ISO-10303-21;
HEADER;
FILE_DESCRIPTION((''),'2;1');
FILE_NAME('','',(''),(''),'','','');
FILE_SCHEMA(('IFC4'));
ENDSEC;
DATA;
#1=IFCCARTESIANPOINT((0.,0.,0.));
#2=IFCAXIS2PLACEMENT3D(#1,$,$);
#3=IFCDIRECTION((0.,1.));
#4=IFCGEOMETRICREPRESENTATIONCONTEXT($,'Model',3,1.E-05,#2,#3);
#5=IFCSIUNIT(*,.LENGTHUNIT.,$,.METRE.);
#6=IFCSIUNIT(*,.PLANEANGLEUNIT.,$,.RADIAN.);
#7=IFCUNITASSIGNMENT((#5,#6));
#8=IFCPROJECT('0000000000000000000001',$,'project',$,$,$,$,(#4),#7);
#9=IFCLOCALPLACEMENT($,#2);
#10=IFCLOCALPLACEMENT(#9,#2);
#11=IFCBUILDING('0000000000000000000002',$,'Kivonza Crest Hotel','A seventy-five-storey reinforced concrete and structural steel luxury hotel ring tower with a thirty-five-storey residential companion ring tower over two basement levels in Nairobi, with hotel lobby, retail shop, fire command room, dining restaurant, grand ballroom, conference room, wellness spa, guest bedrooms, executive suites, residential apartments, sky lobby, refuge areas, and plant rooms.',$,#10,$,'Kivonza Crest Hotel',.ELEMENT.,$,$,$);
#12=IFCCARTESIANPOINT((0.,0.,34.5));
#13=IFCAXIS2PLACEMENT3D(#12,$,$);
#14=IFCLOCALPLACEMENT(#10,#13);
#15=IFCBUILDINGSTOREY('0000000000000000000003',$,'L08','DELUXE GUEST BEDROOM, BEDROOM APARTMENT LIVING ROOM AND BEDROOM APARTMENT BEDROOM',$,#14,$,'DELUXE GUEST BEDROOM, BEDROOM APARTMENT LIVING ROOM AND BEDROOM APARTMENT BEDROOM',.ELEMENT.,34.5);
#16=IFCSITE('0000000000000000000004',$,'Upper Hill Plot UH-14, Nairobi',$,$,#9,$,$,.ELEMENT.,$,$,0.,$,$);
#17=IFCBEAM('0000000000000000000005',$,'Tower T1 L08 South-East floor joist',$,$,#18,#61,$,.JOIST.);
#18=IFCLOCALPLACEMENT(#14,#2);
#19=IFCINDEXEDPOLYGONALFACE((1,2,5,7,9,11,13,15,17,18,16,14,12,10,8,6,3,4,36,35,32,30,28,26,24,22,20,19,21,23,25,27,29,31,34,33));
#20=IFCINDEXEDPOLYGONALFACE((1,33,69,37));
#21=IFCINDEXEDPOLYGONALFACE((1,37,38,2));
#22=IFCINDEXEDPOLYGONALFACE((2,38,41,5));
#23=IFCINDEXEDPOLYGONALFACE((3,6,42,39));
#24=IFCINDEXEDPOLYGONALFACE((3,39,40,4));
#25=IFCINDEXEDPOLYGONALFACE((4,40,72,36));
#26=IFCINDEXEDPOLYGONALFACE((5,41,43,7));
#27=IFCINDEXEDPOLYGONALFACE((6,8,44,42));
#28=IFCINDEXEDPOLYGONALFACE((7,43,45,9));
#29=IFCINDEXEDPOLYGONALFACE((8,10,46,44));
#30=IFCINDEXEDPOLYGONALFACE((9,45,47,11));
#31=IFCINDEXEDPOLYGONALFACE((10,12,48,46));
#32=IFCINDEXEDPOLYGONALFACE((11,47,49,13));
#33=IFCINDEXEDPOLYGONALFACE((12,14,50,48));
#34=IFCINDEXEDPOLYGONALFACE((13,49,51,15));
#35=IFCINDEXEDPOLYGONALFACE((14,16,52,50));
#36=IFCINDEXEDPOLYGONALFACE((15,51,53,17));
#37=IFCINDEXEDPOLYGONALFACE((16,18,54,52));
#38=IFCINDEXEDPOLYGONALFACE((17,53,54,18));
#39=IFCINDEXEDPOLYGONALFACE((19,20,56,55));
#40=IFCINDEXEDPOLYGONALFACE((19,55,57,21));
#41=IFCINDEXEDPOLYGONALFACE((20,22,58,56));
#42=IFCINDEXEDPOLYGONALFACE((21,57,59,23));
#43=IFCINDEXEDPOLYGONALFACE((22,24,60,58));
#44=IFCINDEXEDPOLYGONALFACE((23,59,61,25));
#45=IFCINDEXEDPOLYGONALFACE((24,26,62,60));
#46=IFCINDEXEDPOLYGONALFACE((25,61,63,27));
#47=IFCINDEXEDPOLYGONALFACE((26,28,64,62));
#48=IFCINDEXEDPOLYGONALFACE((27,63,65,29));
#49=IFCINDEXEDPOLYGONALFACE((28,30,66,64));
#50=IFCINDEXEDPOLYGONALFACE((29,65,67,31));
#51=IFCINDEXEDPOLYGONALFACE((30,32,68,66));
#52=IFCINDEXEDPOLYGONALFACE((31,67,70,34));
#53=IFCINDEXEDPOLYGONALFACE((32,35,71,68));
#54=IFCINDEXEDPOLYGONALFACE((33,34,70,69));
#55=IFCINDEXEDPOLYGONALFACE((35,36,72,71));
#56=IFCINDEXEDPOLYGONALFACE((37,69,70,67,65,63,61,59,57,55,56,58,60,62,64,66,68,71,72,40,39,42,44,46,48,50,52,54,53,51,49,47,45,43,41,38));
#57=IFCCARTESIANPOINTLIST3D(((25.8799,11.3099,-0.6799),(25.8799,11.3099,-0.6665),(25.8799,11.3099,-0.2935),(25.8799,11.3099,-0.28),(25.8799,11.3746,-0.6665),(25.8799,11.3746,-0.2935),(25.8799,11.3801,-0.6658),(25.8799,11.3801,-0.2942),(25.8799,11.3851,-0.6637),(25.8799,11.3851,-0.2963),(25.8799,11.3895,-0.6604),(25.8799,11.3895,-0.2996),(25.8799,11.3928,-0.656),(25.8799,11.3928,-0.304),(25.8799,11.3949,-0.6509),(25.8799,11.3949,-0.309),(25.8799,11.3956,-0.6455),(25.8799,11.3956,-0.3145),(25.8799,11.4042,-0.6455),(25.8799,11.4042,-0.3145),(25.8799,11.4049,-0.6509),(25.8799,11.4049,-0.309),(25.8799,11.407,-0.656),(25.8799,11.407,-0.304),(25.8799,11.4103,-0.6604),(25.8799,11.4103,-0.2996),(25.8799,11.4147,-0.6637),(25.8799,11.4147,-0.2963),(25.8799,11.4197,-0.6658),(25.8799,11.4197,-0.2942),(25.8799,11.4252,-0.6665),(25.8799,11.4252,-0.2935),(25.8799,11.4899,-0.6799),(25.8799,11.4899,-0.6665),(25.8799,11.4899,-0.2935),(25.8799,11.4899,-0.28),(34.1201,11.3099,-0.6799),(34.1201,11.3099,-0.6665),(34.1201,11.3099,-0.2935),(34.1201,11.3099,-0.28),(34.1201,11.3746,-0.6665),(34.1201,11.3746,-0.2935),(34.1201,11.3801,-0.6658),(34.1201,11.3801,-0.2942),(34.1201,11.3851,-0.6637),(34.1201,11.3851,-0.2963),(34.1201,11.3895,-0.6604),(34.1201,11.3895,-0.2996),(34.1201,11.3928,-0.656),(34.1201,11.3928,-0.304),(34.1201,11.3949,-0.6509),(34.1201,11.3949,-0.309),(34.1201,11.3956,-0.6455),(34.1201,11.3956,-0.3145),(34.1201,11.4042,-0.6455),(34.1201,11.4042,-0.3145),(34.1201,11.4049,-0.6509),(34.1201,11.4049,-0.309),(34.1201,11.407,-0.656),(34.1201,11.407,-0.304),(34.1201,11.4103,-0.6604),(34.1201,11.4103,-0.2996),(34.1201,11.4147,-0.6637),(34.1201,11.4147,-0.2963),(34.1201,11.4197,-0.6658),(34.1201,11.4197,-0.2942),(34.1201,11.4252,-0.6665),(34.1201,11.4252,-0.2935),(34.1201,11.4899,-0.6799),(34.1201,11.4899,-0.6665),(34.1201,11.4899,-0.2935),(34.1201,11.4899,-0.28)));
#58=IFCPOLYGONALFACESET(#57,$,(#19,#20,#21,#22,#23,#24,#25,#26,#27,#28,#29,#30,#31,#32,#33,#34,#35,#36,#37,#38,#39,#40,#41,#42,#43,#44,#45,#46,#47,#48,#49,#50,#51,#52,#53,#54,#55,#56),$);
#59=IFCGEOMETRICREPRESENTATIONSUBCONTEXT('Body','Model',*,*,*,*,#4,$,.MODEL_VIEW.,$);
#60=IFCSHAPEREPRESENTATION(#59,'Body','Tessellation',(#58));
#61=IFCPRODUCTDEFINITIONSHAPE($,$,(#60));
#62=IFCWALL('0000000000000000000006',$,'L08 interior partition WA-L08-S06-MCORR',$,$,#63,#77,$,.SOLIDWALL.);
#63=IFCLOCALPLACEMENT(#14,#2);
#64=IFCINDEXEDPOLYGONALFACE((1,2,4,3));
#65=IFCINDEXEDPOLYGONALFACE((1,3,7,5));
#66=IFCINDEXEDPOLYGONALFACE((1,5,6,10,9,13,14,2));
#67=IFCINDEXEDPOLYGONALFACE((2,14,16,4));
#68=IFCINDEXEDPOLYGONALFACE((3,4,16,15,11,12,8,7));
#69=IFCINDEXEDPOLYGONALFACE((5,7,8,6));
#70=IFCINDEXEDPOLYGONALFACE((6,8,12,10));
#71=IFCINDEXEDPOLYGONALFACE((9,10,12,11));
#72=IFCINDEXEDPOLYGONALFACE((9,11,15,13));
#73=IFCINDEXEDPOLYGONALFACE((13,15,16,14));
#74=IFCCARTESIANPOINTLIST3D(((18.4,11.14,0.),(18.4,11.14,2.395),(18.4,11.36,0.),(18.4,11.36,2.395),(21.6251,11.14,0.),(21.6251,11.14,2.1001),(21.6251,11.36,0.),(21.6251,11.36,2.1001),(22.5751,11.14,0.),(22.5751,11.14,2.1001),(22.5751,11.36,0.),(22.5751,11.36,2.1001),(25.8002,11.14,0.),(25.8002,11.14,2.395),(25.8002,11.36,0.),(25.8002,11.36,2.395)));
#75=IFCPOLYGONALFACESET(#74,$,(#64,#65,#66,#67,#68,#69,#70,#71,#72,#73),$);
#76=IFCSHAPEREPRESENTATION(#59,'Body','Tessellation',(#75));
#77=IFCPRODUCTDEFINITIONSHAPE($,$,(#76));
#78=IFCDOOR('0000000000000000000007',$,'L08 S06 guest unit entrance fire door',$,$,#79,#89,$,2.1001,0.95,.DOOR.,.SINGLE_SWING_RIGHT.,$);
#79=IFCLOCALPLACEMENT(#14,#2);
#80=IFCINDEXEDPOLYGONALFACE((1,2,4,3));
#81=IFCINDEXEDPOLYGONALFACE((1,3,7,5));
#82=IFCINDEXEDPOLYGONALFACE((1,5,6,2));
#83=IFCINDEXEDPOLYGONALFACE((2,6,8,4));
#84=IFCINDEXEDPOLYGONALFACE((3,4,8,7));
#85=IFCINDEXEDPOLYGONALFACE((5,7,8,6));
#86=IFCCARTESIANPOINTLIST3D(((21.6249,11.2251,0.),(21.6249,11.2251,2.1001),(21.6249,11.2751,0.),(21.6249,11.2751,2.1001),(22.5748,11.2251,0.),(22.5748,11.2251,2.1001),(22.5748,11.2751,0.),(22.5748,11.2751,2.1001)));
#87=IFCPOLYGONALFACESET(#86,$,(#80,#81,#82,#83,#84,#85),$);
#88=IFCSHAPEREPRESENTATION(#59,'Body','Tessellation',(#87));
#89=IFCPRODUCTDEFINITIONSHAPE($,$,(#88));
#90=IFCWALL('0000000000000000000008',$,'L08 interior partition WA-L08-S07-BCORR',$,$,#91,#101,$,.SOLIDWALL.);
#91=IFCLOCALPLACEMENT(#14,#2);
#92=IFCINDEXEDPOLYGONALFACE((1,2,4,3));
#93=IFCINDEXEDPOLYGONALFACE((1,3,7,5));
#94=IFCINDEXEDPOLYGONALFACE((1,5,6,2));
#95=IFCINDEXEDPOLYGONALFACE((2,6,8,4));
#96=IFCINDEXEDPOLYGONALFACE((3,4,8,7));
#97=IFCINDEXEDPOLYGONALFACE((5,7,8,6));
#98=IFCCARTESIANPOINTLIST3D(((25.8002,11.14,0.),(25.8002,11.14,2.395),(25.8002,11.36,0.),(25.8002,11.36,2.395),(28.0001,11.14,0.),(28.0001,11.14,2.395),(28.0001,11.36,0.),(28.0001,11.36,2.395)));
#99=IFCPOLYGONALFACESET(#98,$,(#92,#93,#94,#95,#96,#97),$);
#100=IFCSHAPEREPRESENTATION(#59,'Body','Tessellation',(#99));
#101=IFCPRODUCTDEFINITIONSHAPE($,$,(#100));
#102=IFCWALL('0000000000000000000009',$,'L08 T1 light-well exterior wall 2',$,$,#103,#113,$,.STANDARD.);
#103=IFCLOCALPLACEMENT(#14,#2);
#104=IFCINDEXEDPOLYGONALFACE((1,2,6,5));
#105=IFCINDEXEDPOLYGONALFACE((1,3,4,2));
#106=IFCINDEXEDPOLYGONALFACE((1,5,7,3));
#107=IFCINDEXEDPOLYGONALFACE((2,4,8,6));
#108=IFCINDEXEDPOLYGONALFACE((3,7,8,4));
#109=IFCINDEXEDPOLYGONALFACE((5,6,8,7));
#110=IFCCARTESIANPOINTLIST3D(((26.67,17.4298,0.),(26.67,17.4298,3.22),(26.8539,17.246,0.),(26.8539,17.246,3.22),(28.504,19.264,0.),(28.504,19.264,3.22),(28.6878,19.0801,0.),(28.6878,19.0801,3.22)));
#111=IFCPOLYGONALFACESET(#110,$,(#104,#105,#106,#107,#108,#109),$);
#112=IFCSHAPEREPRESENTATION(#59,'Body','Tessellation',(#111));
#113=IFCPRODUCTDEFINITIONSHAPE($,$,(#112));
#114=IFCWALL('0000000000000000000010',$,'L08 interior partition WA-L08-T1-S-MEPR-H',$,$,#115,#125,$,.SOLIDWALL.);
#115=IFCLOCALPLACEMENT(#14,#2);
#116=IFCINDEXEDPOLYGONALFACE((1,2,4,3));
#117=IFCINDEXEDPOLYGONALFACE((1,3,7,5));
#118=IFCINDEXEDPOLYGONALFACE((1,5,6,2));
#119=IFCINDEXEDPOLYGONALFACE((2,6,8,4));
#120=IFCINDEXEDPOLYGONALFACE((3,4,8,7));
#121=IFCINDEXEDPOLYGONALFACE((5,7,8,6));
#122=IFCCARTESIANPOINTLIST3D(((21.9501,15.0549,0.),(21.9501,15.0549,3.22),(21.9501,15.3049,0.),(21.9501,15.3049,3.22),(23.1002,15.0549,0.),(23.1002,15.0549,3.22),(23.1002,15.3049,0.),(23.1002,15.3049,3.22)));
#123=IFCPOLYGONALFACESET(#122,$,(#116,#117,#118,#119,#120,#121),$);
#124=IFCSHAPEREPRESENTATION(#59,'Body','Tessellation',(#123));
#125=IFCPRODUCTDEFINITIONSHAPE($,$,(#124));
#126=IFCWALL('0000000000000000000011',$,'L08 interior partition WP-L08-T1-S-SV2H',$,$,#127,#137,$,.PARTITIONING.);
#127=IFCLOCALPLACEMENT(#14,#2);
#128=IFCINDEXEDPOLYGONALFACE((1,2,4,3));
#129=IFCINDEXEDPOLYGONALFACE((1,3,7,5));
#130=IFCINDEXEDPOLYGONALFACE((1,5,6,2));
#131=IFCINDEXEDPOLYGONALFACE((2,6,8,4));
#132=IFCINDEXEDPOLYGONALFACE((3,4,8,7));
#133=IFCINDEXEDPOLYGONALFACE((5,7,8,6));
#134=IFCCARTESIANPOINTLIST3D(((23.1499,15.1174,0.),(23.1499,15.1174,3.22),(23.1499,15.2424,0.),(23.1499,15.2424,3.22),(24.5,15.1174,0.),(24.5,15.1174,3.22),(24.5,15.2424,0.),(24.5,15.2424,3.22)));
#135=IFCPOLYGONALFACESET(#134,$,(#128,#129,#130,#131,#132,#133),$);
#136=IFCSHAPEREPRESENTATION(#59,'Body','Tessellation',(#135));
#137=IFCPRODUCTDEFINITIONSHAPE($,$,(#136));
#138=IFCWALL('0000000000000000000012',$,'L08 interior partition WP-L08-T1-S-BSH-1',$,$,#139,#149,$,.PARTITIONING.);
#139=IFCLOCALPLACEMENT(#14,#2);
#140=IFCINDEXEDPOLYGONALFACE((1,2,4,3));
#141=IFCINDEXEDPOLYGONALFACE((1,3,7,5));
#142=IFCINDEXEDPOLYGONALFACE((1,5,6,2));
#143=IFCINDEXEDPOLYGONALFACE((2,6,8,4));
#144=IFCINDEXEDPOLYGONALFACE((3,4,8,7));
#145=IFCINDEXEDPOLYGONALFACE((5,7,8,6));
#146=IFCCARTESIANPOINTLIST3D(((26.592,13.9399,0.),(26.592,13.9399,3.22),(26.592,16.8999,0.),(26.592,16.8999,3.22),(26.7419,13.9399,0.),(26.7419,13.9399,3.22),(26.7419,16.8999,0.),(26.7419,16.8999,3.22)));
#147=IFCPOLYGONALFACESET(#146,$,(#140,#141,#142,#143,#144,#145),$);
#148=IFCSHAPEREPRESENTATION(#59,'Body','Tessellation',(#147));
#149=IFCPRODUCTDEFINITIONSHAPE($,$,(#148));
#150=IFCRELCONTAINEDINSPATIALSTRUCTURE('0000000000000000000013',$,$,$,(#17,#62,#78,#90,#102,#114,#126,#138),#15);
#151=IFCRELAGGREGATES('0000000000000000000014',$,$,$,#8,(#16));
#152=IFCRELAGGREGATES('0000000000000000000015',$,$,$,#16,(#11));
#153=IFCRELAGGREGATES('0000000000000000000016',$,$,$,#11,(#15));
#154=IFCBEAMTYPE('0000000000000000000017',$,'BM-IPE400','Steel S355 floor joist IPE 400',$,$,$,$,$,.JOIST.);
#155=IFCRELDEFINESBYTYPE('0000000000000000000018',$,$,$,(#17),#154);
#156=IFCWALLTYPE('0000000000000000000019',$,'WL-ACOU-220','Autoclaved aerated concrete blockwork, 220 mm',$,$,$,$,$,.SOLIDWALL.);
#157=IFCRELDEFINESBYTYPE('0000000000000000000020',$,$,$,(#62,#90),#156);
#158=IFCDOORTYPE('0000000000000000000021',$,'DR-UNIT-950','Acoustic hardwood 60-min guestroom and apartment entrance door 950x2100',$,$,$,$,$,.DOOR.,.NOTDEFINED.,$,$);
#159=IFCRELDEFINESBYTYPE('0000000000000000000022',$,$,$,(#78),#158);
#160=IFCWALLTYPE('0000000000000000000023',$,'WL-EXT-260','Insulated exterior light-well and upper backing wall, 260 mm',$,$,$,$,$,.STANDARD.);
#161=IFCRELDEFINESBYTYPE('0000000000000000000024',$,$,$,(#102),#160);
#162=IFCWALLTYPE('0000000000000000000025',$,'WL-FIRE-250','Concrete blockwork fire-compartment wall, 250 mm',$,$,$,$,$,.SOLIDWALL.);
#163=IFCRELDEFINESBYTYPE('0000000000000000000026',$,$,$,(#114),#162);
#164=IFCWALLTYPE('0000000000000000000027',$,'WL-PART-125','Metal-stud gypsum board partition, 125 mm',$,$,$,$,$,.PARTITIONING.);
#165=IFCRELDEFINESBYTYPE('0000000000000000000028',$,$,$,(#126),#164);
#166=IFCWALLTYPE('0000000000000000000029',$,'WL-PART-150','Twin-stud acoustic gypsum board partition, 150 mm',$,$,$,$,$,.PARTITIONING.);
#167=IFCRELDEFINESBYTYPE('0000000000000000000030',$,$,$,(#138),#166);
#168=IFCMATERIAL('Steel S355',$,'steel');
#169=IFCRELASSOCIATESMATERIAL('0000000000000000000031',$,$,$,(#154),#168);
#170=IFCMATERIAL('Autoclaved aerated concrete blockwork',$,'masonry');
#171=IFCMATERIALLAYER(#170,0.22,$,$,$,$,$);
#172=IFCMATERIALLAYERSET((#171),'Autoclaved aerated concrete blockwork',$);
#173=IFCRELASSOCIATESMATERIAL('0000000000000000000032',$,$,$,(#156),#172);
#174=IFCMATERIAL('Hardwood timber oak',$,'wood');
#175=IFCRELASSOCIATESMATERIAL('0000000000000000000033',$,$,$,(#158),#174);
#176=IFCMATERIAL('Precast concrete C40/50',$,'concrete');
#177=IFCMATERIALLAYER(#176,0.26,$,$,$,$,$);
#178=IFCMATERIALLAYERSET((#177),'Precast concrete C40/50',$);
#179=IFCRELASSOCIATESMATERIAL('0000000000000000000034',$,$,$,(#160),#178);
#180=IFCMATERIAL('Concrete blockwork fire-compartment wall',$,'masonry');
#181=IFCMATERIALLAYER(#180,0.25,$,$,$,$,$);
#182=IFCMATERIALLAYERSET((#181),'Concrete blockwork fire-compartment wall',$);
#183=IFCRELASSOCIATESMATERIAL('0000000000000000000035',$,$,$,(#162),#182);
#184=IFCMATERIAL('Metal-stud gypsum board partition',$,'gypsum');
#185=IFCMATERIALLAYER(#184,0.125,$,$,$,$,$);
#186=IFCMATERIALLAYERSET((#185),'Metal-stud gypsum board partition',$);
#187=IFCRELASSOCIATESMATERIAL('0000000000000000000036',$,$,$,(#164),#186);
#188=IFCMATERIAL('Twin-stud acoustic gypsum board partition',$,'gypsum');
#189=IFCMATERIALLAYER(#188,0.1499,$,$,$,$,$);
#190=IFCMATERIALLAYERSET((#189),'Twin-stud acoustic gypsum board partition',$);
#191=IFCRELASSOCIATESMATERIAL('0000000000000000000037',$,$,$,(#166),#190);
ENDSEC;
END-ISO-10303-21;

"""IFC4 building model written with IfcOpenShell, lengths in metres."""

from ifc_helpers import new_model, si_unit, direction, frame, frame_2d, origin, origin_2d, place, context, subcontext, project, spatial, rectangle, i_section, extrude, material, layer, layer_set, material_profile, profile_set, type_object, element, fill, save


model = new_model("IFC4")

# Units and contexts
model_context = context("Model", 3, precision=1e-05, world=origin(), true_north=direction((0.0, 1.0)))
body_context = subcontext(model_context, "Body", "Model", "MODEL_VIEW")
ifc_project = project(units=[si_unit("LENGTHUNIT", "METRE"), si_unit("PLANEANGLEUNIT", "RADIAN")], contexts=[model_context])

# Site, building, storey
site_placement = place(None, origin())
site = spatial("IfcSite", under=ifc_project, at=site_placement, Name="Upper Hill Plot UH-14, Nairobi", CompositionType="ELEMENT", RefElevation=0.0)
building_placement = place(site_placement, origin())
building = spatial("IfcBuilding", under=site, at=building_placement, Name="Kivonza Crest Hotel", Description="A seventy-five-storey reinforced concrete and structural steel luxury hotel ring tower with a thirty-five-storey residential companion ring tower over two basement levels in Nairobi, with hotel lobby, retail shop, fire command room, dining restaurant, grand ballroom, conference room, wellness spa, guest bedrooms, executive suites, residential apartments, sky lobby, refuge areas, and plant rooms.", LongName="Kivonza Crest Hotel", CompositionType="ELEMENT")
storey_placement = place(building_placement, frame((0.0, 0.0, 34.5)))
storey = spatial("IfcBuildingStorey", under=building, at=storey_placement, Name="L08", Description="DELUXE GUEST BEDROOM, BEDROOM APARTMENT LIVING ROOM AND BEDROOM APARTMENT BEDROOM", LongName="DELUXE GUEST BEDROOM, BEDROOM APARTMENT LIVING ROOM AND BEDROOM APARTMENT BEDROOM", CompositionType="ELEMENT", Elevation=34.5)

# Beam
ifc_material_1 = material(Name="Steel S355", Category="steel")
ifc_material_profile_1 = material_profile(ifc_material_1, i_section(OverallWidth=0.1799, OverallDepth=0.3999, WebThickness=0.0085, FlangeThickness=0.0134, FilletRadius=0.021, at=origin_2d()), Name="IPE 400")
ifc_profile_set_1 = profile_set([ifc_material_profile_1], Name="Steel S355")
beam_type_1 = type_object("IfcBeamType", Name="BM-IPE400", Description="Steel S355 floor joist IPE 400", PredefinedType="JOIST", material=ifc_profile_set_1)
beam_1_placement = place(storey_placement, frame((25.8799, 11.3999, -0.48), z_axis=(1.0, 0.0, 0.0), x_axis=(0.0, 1.0, 0.0)))
element("IfcBeam", 1, at=beam_1_placement, inside=storey, type_object=beam_type_1, Name="Tower T1 L08 South-East floor joist", PredefinedType="JOIST", context=body_context, shape_type="SweptSolid", body=[
    extrude(i_section(OverallWidth=0.1799, OverallDepth=0.3999, WebThickness=0.0085, FlangeThickness=0.0134, FilletRadius=0.021, at=origin_2d()), origin(), (0.0, 0.0, 1.0), 8.2402),
])

# Wall, opening, door
ifc_material_2 = material(Name="Autoclaved aerated concrete blockwork", Category="masonry")
ifc_layer_1 = layer(ifc_material_2, 0.22)
ifc_layer_set_1 = layer_set([ifc_layer_1], Name="Autoclaved aerated concrete blockwork")
wall_type_1 = type_object("IfcWallType", Name="WL-ACOU-220", Description="Autoclaved aerated concrete blockwork, 220 mm", PredefinedType="SOLIDWALL", material=ifc_layer_set_1)
wall_1_placement = place(storey_placement, frame((18.3999, 11.25, 0.0), z_axis=(0.0, 0.0, 1.0), x_axis=(1.0, 0.0, 0.0)))
wall_1 = element("IfcWall", 2, at=wall_1_placement, inside=storey, type_object=wall_type_1, Name="L08 interior partition WA-L08-S06-MCORR", PredefinedType="SOLIDWALL", context=body_context, shape_type="SweptSolid", body=[
    extrude(rectangle(XDim=7.4001, YDim=0.22, at=frame_2d((3.7002, 0.0))), origin(), (0.0, 0.0, 1.0), 2.395),
])
opening_1_placement = place(wall_1_placement, frame((3.2251, 0.0, 0.0)))
opening_1 = element("IfcOpeningElement", 3, at=opening_1_placement, cuts=wall_1, PredefinedType="OPENING", context=body_context, shape_type="SweptSolid", body=[
    extrude(rectangle(XDim=0.95, YDim=2.1001, at=frame_2d((0.4751, 1.05))), frame((0.0, 0.1201, 0.0), z_axis=(0.0, -1.0, 0.0), x_axis=(1.0, 0.0, 0.0)), (0.0, 0.0, 1.0), 0.24),
])
ifc_material_3 = material(Name="Hardwood timber oak", Category="wood")
door_type_1 = type_object("IfcDoorType", Name="DR-UNIT-950", Description="Acoustic hardwood 60-min guestroom and apartment entrance door 950x2100", OperationType="NOTDEFINED", PredefinedType="DOOR", material=ifc_material_3)
door_1_placement = place(opening_1_placement, frame((0.95, 0.0, 0.0), z_axis=(0.0, 0.0, 1.0), x_axis=(-1.0, 0.0, 0.0)))
door_1 = element("IfcDoor", 4, at=door_1_placement, inside=storey, type_object=door_type_1, Name="L08 S06 guest unit entrance fire door", OperationType="SINGLE_SWING_RIGHT", OverallHeight=2.1001, OverallWidth=0.95, PredefinedType="DOOR", context=body_context, shape_type="SweptSolid", body=[
    extrude(rectangle(XDim=0.95, YDim=2.1001, at=frame_2d((0.4751, 1.05))), frame((0.0, 0.0249, 0.0), z_axis=(0.0, -1.0, 0.0), x_axis=(1.0, 0.0, 0.0)), (0.0, 0.0, 1.0), 0.05),
])
fill(opening_1, door_1)

# Walls
wall_2_placement = place(storey_placement, frame((25.8, 11.25, 0.0), z_axis=(0.0, 0.0, 1.0), x_axis=(1.0, 0.0, 0.0)))
element("IfcWall", 5, at=wall_2_placement, inside=storey, type_object=wall_type_1, Name="L08 interior partition WA-L08-S07-BCORR", PredefinedType="SOLIDWALL", context=body_context, shape_type="SweptSolid", body=[
    extrude(rectangle(XDim=2.2, YDim=0.22, at=frame_2d((1.1001, 0.0))), origin(), (0.0, 0.0, 1.0), 2.395),
])
ifc_material_4 = material(Name="Precast concrete C40/50", Category="concrete")
ifc_layer_2 = layer(ifc_material_4, 0.26)
ifc_layer_set_2 = layer_set([ifc_layer_2], Name="Precast concrete C40/50")
wall_type_2 = type_object("IfcWallType", Name="WL-EXT-260", Description="Insulated exterior light-well and upper backing wall, 260 mm", PredefinedType="STANDARD", material=ifc_layer_set_2)
wall_3_placement = place(storey_placement, frame((26.762, 17.3379, 0.0), z_axis=(0.0, 0.0, 1.0), x_axis=(0.70706, 0.707154, 0.0)))
element("IfcWall", 6, at=wall_3_placement, inside=storey, type_object=wall_type_2, Name="L08 T1 light-well exterior wall 2", PredefinedType="STANDARD", context=body_context, shape_type="SweptSolid", body=[
    extrude(rectangle(XDim=2.5938, YDim=0.26, at=frame_2d((1.2969, 0.0))), origin(), (0.0, 0.0, 1.0), 3.22),
])
ifc_material_5 = material(Name="Concrete blockwork fire-compartment wall", Category="masonry")
ifc_layer_3 = layer(ifc_material_5, 0.25)
ifc_layer_set_3 = layer_set([ifc_layer_3], Name="Concrete blockwork fire-compartment wall")
wall_type_3 = type_object("IfcWallType", Name="WL-FIRE-250", Description="Concrete blockwork fire-compartment wall, 250 mm", PredefinedType="SOLIDWALL", material=ifc_layer_set_3)
wall_4_placement = place(storey_placement, frame((21.95, 15.1799, 0.0), z_axis=(0.0, 0.0, 1.0), x_axis=(1.0, 0.0, 0.0)))
element("IfcWall", 7, at=wall_4_placement, inside=storey, type_object=wall_type_3, Name="L08 interior partition WA-L08-T1-S-MEPR-H", PredefinedType="SOLIDWALL", context=body_context, shape_type="SweptSolid", body=[
    extrude(rectangle(XDim=1.1501, YDim=0.25, at=frame_2d((0.5752, 0.0))), origin(), (0.0, 0.0, 1.0), 3.22),
])
ifc_material_6 = material(Name="Metal-stud gypsum board partition", Category="gypsum")
ifc_layer_4 = layer(ifc_material_6, 0.125)
ifc_layer_set_4 = layer_set([ifc_layer_4], Name="Metal-stud gypsum board partition")
wall_type_4 = type_object("IfcWallType", Name="WL-PART-125", Description="Metal-stud gypsum board partition, 125 mm", PredefinedType="PARTITIONING", material=ifc_layer_set_4)
wall_5_placement = place(storey_placement, frame((23.1499, 15.1799, 0.0), z_axis=(0.0, 0.0, 1.0), x_axis=(1.0, 0.0, 0.0)))
element("IfcWall", 8, at=wall_5_placement, inside=storey, type_object=wall_type_4, Name="L08 interior partition WP-L08-T1-S-SV2H", PredefinedType="PARTITIONING", context=body_context, shape_type="SweptSolid", body=[
    extrude(rectangle(XDim=1.3501, YDim=0.125, at=frame_2d((0.675, 0.0))), origin(), (0.0, 0.0, 1.0), 3.22),
])
ifc_material_7 = material(Name="Twin-stud acoustic gypsum board partition", Category="gypsum")
ifc_layer_5 = layer(ifc_material_7, 0.1499)
ifc_layer_set_5 = layer_set([ifc_layer_5], Name="Twin-stud acoustic gypsum board partition")
wall_type_5 = type_object("IfcWallType", Name="WL-PART-150", Description="Twin-stud acoustic gypsum board partition, 150 mm", PredefinedType="PARTITIONING", material=ifc_layer_set_5)
wall_6_placement = place(storey_placement, frame((26.667, 13.9399, 0.0), z_axis=(0.0, 0.0, 1.0), x_axis=(0.0, 1.0, 0.0)))
element("IfcWall", 9, at=wall_6_placement, inside=storey, type_object=wall_type_5, Name="L08 interior partition WP-L08-T1-S-BSH-1", PredefinedType="PARTITIONING", context=body_context, shape_type="SweptSolid", body=[
    extrude(rectangle(XDim=2.96, YDim=0.1499, at=frame_2d((1.48, 0.0))), origin(), (0.0, 0.0, 1.0), 3.22),
])

save(model, "model.ifc")
